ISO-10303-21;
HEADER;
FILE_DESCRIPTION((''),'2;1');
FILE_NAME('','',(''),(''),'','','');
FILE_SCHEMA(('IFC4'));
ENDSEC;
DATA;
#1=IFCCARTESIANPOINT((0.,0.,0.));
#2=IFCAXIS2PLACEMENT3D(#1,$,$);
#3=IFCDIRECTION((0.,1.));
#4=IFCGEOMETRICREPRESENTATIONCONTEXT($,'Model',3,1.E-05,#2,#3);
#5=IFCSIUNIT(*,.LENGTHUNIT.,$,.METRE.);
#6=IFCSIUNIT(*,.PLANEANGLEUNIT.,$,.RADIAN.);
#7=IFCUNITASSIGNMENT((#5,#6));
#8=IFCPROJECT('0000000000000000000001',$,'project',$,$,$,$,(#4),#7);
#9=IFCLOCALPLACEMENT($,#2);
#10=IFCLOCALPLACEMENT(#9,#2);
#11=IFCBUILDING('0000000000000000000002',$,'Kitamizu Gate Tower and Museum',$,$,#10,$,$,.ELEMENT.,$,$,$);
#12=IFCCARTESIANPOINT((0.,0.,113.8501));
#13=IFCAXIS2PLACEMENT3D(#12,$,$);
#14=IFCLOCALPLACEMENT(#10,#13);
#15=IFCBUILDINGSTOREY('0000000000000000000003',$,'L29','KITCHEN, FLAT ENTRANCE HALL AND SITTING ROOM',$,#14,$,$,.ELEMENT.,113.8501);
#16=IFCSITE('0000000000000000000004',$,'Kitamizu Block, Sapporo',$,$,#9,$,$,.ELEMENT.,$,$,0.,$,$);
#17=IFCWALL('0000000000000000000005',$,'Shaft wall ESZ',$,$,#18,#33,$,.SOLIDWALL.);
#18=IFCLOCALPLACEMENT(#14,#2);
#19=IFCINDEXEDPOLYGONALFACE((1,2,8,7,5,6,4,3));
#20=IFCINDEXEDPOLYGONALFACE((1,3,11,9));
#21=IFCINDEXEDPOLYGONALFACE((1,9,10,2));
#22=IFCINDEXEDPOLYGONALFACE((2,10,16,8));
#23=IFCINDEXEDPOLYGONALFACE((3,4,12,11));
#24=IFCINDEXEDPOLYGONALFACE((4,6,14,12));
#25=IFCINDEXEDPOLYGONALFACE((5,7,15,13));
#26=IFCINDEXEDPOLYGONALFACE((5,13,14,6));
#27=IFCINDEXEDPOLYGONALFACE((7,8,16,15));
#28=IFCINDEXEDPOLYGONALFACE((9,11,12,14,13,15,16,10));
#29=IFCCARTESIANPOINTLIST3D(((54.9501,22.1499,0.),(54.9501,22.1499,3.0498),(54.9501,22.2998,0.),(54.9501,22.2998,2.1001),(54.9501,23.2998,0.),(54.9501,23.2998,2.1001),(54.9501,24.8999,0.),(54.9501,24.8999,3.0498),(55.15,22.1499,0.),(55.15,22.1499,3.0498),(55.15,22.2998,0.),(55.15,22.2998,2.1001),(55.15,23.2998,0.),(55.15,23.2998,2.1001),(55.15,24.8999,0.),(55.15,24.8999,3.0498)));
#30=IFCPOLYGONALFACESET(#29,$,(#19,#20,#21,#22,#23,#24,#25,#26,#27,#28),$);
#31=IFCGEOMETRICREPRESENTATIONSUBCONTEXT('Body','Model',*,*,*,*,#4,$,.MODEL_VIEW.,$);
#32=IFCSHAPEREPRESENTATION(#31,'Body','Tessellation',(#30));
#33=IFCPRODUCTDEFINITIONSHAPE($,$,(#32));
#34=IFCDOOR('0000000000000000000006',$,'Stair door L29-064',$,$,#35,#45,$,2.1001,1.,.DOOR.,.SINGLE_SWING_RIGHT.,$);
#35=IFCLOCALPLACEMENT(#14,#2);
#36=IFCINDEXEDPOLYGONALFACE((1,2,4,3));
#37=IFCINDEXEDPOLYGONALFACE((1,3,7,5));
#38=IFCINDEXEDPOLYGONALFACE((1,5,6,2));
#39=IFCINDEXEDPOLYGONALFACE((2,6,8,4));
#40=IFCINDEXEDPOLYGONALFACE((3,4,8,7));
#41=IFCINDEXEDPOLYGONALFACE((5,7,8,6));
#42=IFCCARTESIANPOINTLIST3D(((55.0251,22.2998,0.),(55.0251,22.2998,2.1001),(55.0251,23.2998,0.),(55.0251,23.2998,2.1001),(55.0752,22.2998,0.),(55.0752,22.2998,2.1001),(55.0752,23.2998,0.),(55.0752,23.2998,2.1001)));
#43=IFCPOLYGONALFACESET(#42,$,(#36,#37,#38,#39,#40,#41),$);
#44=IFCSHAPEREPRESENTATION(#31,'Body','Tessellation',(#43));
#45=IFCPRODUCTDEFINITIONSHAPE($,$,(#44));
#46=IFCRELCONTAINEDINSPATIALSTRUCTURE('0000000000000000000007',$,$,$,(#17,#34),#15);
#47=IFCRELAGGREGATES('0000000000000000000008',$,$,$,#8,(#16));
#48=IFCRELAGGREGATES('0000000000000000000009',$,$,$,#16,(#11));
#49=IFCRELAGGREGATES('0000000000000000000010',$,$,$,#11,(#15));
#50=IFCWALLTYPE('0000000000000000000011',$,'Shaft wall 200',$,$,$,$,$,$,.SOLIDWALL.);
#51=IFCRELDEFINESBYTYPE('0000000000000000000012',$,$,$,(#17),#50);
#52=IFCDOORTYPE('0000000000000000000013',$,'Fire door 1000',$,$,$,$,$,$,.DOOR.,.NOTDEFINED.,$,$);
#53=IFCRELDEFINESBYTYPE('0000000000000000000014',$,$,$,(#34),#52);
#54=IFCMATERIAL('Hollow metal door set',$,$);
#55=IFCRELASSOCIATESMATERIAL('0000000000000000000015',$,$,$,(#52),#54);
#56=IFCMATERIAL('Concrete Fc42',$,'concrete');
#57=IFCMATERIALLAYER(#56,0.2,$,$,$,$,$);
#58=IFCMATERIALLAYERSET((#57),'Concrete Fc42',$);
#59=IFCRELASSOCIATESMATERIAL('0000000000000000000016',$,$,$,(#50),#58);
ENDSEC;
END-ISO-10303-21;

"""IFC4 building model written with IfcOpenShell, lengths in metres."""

from ifc_helpers import new_model, si_unit, direction, frame, frame_2d, origin, place, context, subcontext, project, spatial, rectangle, extrude, material, layer, layer_set, type_object, element, fill, save


model = new_model("IFC4")

# Units and contexts
model_context = context("Model", 3, precision=1e-05, world=origin(), true_north=direction((0.0, 1.0)))
body_context = subcontext(model_context, "Body", "Model", "MODEL_VIEW")
ifc_project = project(units=[si_unit("LENGTHUNIT", "METRE"), si_unit("PLANEANGLEUNIT", "RADIAN")], contexts=[model_context])

# Site, building, storey
site_placement = place(None, origin())
site = spatial("IfcSite", under=ifc_project, at=site_placement, Name="Kitamizu Block, Sapporo", CompositionType="ELEMENT", RefElevation=0.0)
building_placement = place(site_placement, origin())
building = spatial("IfcBuilding", under=site, at=building_placement, Name="Kitamizu Gate Tower and Museum", CompositionType="ELEMENT")
storey_placement = place(building_placement, frame((0.0, 0.0, 113.8501)))
storey = spatial("IfcBuildingStorey", under=building, at=storey_placement, Name="L29", Description="KITCHEN, FLAT ENTRANCE HALL AND SITTING ROOM", CompositionType="ELEMENT", Elevation=113.8501)

# Shared definitions
ifc_material_1 = material(Name="Hollow metal door set")
door_type_1 = type_object("IfcDoorType", Name="Fire door 1000", OperationType="NOTDEFINED", PredefinedType="DOOR", material=ifc_material_1)

# Shared definitions
ifc_material_2 = material(Name="Concrete Fc42", Category="concrete")
ifc_layer_1 = layer(ifc_material_2, 0.2)
ifc_layer_set_1 = layer_set([ifc_layer_1], Name="Concrete Fc42")
wall_type_1 = type_object("IfcWallType", Name="Shaft wall 200", PredefinedType="SOLIDWALL", material=ifc_layer_set_1)

# Wall, opening, door
wall_1_placement = place(storey_placement, frame((55.05, 22.1499, 0.0), z_axis=(0.0, 0.0, 1.0), x_axis=(0.0, 1.0, 0.0)))
wall_1 = element("IfcWall", 1, at=wall_1_placement, inside=storey, type_object=wall_type_1, Name="Shaft wall ESZ", PredefinedType="SOLIDWALL", context=body_context, shape_type="SweptSolid", body=[
    extrude(rectangle(XDim=2.75, YDim=0.2, at=frame_2d((1.375, 0.0))), origin(), (0.0, 0.0, 1.0), 3.0498),
])
opening_1_placement = place(wall_1_placement, frame((0.1499, 0.0, 0.0)))
opening_1 = element("IfcOpeningElement", 2, at=opening_1_placement, cuts=wall_1, PredefinedType="OPENING", context=body_context, shape_type="SweptSolid", body=[
    extrude(rectangle(XDim=1.0, YDim=2.1001, at=frame_2d((0.5, 1.05))), frame((0.0, 0.1099, 0.0), z_axis=(0.0, -1.0, 0.0), x_axis=(1.0, 0.0, 0.0)), (0.0, 0.0, 1.0), 0.22),
])
door_1_placement = place(opening_1_placement, origin())
door_1 = element("IfcDoor", 3, at=door_1_placement, inside=storey, type_object=door_type_1, Name="Stair door L29-064", OperationType="SINGLE_SWING_RIGHT", OverallHeight=2.1001, OverallWidth=1.0, PredefinedType="DOOR", context=body_context, shape_type="SweptSolid", body=[
    extrude(rectangle(XDim=1.0, YDim=2.1001, at=frame_2d((0.5, 1.05))), frame((0.0, 0.0249, 0.0), z_axis=(0.0, -1.0, 0.0), x_axis=(1.0, 0.0, 0.0)), (0.0, 0.0, 1.0), 0.05),
])
fill(opening_1, door_1)

save(model, "model.ifc")
